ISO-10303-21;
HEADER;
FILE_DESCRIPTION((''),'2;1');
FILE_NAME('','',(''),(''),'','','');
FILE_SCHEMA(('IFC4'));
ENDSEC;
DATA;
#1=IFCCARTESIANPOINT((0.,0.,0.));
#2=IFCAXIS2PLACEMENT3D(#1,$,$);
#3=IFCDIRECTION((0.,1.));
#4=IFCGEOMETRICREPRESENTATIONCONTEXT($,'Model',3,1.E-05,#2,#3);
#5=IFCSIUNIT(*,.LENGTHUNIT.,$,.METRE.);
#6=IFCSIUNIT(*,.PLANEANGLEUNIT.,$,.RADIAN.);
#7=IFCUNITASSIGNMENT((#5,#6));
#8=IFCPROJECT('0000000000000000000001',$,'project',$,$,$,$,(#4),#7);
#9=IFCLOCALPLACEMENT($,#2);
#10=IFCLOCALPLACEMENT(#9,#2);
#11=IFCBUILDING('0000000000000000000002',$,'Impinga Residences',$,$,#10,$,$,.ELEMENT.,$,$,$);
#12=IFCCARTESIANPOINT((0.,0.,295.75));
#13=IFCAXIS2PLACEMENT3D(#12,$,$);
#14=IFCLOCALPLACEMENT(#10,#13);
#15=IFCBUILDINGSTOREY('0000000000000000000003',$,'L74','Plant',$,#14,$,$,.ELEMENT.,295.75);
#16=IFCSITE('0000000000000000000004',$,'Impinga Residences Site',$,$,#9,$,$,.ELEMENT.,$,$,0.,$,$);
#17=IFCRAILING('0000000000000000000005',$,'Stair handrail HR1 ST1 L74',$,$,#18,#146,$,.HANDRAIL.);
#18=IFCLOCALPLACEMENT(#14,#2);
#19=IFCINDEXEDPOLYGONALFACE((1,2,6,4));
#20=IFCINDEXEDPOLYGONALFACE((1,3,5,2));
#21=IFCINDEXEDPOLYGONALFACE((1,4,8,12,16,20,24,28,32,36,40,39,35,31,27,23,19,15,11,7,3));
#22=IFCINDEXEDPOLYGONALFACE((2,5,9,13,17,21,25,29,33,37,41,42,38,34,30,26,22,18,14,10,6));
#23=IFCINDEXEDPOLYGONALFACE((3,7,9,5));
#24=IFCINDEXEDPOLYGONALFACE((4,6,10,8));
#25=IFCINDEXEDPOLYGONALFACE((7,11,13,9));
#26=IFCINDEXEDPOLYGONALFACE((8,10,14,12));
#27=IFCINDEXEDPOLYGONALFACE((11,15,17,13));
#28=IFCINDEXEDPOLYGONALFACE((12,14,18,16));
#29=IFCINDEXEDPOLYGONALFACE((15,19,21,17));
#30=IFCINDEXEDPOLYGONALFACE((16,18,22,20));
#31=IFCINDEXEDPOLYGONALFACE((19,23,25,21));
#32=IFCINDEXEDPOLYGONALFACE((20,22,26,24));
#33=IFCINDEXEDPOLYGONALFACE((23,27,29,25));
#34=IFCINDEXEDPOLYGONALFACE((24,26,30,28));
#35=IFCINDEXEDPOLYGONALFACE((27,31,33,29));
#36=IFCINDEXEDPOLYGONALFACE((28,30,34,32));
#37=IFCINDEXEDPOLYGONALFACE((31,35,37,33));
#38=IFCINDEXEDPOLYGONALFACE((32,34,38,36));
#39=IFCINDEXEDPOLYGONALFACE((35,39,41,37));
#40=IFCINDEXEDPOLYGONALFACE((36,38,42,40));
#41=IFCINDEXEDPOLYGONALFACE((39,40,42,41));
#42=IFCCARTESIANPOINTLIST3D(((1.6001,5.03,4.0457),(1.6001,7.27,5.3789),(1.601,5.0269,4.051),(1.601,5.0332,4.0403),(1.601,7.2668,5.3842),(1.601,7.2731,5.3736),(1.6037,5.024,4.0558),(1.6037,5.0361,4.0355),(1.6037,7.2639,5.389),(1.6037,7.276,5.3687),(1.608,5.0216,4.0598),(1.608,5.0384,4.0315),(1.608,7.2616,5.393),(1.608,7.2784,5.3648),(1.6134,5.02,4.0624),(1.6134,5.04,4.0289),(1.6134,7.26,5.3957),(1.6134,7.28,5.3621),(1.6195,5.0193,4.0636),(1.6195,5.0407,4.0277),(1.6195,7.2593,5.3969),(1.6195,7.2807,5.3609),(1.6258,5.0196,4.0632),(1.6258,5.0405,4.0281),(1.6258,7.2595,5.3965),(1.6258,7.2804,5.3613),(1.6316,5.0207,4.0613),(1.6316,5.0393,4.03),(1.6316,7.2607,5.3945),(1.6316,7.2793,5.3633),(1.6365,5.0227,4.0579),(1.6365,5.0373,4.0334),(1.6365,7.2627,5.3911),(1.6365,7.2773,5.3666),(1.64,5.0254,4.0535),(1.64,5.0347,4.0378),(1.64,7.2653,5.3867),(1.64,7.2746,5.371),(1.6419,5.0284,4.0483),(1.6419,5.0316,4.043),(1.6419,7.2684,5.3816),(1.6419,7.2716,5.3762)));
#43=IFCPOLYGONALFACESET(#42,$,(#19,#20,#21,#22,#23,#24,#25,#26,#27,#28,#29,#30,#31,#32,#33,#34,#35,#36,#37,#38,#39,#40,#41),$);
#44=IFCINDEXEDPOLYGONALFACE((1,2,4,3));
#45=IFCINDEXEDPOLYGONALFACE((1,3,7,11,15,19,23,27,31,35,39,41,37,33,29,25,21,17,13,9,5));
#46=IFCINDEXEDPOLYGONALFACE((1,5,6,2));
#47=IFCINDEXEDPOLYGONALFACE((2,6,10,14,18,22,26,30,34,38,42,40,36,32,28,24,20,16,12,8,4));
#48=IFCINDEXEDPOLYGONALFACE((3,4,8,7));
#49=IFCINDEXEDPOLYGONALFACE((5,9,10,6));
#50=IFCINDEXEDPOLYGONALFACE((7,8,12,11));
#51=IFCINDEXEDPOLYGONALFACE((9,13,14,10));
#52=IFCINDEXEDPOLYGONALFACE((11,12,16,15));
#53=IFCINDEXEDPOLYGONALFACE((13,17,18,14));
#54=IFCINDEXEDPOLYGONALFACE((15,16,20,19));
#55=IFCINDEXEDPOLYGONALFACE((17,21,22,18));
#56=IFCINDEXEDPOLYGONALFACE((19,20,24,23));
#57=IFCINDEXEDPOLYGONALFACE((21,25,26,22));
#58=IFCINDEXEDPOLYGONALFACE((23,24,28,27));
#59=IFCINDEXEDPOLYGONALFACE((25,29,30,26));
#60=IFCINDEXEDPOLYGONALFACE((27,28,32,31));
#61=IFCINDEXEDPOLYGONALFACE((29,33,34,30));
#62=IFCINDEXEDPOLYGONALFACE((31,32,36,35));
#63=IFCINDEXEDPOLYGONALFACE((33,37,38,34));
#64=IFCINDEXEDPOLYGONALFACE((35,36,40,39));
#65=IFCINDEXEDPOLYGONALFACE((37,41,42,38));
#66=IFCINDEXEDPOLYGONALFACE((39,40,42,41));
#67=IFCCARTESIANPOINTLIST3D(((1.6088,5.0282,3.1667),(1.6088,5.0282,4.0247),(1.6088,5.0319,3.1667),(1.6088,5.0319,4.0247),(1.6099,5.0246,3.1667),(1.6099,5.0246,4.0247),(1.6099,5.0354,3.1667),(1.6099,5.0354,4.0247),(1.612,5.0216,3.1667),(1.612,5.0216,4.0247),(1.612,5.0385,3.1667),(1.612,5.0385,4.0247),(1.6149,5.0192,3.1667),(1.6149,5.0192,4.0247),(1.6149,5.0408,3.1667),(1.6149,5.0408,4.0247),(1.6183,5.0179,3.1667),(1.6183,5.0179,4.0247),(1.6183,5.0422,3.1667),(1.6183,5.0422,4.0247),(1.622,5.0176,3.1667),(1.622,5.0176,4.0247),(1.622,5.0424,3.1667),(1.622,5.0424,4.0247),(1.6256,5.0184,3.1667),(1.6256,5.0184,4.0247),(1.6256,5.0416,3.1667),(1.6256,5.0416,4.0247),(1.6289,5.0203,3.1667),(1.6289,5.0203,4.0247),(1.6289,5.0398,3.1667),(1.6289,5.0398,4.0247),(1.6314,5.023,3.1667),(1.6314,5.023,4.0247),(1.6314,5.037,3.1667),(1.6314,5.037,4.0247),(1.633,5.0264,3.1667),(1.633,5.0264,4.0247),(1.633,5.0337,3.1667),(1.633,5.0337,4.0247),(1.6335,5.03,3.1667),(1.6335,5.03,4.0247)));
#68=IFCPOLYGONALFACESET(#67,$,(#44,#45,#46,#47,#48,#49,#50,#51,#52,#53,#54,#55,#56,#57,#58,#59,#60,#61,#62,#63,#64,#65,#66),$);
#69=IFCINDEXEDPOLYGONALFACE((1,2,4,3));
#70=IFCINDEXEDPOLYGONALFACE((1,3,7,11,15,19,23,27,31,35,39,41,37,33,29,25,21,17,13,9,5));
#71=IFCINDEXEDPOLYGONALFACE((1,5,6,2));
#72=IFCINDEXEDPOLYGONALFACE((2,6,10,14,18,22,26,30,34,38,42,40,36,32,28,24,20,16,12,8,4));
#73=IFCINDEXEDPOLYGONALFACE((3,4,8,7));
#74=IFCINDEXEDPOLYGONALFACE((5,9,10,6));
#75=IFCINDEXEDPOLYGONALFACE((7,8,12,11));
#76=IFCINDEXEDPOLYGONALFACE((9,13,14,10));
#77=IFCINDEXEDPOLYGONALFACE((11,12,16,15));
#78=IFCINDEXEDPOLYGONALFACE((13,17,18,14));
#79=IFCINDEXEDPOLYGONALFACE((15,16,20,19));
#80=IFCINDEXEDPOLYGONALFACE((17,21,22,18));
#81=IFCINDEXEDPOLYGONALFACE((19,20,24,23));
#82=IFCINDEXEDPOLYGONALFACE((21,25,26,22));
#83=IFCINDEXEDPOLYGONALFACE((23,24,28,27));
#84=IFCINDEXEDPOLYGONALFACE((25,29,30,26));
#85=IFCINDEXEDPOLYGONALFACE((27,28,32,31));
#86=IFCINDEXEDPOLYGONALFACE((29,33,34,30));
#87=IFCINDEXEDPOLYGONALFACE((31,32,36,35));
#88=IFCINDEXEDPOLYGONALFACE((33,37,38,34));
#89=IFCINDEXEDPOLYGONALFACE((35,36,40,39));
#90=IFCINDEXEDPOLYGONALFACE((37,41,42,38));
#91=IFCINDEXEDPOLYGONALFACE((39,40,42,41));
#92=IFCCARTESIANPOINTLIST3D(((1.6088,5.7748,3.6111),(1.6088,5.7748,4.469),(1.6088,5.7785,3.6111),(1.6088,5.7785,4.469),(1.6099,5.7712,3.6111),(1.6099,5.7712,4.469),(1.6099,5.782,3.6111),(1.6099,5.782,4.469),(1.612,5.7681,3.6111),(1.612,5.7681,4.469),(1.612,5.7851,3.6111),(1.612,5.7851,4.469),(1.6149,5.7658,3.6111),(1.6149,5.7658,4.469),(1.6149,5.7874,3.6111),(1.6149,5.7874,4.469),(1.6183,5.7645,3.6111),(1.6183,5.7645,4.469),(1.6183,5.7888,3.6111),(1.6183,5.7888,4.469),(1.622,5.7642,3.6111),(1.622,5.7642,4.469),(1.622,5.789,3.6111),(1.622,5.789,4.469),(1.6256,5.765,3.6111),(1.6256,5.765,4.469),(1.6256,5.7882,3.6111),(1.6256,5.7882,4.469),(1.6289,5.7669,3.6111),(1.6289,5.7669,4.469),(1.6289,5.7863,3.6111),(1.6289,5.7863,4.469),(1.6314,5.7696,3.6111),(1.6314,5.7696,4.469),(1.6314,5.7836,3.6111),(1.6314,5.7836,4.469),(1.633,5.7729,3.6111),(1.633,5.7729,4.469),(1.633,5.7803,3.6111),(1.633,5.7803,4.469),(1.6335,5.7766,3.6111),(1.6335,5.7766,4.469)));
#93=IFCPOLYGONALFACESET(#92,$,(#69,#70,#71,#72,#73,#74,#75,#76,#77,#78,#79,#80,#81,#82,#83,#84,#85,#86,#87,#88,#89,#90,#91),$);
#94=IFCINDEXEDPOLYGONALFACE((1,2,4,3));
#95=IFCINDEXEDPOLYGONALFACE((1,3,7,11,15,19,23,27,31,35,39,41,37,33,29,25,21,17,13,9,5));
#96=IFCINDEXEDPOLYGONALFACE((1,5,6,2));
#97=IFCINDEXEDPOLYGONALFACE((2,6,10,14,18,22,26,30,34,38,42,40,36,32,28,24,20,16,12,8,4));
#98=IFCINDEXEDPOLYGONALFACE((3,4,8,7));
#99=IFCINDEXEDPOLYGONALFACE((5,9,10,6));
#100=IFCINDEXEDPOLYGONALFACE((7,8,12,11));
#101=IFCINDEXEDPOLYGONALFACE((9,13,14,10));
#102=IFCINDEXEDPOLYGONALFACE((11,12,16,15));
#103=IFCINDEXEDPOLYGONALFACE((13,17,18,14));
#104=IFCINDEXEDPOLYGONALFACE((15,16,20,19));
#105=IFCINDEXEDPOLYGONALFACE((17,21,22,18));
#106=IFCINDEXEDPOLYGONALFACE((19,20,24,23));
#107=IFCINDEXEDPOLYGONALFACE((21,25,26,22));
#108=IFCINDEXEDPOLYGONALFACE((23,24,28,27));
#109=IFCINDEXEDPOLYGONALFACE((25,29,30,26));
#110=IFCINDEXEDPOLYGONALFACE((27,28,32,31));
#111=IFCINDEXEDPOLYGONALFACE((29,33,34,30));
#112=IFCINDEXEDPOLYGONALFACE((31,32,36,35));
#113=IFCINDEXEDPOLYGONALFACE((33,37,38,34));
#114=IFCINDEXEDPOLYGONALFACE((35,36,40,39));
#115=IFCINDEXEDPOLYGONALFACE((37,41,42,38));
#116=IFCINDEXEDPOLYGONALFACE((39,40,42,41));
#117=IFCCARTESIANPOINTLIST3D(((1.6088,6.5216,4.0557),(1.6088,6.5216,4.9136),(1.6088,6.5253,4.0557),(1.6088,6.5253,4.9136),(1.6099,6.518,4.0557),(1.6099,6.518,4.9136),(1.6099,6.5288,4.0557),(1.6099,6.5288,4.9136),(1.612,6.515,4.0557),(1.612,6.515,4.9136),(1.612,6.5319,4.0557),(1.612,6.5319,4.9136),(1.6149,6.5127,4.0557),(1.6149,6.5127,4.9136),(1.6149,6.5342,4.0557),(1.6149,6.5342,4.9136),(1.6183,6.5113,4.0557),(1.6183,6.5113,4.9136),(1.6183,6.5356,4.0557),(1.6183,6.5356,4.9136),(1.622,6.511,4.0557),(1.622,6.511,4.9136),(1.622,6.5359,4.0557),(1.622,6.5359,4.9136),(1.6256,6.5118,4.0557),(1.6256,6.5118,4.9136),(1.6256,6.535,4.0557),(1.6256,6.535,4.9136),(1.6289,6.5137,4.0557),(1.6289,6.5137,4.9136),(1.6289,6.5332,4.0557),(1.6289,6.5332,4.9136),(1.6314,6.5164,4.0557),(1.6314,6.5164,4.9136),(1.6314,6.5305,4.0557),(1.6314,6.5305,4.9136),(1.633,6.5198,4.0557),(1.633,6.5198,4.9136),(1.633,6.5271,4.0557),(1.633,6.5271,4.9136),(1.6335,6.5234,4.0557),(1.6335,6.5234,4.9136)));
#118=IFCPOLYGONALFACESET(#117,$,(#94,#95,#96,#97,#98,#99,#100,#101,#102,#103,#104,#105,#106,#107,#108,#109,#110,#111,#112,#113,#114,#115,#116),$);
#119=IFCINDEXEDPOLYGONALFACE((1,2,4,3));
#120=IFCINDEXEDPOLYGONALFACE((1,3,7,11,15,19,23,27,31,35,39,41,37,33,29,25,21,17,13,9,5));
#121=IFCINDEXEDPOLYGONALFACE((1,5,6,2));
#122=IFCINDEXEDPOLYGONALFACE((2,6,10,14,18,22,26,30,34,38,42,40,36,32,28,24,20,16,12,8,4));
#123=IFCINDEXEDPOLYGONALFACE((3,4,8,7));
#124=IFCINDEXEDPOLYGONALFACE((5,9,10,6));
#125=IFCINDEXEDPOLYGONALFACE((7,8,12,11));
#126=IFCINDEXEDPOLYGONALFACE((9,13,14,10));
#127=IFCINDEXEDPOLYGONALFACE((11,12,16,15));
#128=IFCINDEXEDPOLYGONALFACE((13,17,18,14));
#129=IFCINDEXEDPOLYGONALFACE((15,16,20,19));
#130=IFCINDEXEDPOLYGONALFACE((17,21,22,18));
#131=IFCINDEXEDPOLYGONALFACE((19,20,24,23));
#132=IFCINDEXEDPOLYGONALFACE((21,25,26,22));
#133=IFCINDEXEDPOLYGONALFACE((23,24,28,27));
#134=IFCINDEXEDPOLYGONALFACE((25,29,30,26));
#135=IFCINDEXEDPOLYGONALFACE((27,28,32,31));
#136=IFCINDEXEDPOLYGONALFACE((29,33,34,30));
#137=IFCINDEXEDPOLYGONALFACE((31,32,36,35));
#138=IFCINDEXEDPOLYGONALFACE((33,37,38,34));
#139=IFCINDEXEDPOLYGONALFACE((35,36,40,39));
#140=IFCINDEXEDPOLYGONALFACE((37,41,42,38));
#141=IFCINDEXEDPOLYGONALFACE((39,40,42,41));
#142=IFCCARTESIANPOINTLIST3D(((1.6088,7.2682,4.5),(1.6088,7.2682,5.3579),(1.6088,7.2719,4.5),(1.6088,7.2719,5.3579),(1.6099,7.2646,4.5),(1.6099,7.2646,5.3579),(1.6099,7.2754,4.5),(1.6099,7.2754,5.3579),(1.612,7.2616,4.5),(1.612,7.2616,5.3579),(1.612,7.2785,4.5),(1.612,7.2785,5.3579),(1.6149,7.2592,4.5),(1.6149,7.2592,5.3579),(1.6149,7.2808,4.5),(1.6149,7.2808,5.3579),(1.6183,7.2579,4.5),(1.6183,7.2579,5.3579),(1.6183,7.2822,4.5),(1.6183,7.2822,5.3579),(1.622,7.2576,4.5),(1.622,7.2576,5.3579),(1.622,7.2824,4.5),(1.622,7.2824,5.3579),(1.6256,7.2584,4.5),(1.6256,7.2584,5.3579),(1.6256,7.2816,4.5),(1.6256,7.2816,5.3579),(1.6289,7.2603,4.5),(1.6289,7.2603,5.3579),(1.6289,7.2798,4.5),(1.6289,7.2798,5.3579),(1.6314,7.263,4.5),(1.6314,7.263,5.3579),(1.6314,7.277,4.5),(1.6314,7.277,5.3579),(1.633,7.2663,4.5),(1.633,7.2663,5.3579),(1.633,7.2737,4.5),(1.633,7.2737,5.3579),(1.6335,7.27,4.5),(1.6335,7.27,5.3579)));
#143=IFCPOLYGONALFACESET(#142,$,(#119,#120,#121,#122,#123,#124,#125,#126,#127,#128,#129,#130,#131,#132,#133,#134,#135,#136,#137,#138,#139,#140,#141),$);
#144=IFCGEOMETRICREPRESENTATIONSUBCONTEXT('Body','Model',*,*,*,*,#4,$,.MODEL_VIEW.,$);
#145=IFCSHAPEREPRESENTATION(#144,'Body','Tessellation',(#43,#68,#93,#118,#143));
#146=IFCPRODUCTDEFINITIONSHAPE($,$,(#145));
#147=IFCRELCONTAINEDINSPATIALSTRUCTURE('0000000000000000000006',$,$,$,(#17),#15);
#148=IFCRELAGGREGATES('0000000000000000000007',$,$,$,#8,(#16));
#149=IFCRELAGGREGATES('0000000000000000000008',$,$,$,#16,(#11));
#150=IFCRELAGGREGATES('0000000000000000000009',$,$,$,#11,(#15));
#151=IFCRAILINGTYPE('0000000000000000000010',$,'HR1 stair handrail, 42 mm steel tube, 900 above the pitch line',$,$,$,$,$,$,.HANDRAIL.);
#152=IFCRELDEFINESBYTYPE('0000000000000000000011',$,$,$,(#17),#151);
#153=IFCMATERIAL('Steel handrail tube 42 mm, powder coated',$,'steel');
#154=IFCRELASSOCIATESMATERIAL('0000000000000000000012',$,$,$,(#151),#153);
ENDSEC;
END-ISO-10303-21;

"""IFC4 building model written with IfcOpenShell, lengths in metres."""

from ifc_helpers import new_model, si_unit, direction, frame, origin, origin_2d, place, context, subcontext, project, spatial, circle, extrude, material, type_object, element, save


model = new_model("IFC4")

# Units and contexts
model_context = context("Model", 3, precision=1e-05, world=origin(), true_north=direction((0.0, 1.0)))
body_context = subcontext(model_context, "Body", "Model", "MODEL_VIEW")
ifc_project = project(units=[si_unit("LENGTHUNIT", "METRE"), si_unit("PLANEANGLEUNIT", "RADIAN")], contexts=[model_context])

# Site, building, storey
site_placement = place(None, origin())
site = spatial("IfcSite", under=ifc_project, at=site_placement, Name="Impinga Residences Site", CompositionType="ELEMENT", RefElevation=0.0)
building_placement = place(site_placement, origin())
building = spatial("IfcBuilding", under=site, at=building_placement, Name="Impinga Residences", CompositionType="ELEMENT")
storey_placement = place(building_placement, frame((0.0, 0.0, 295.75)))
storey = spatial("IfcBuildingStorey", under=building, at=storey_placement, Name="L74", Description="Plant", CompositionType="ELEMENT", Elevation=295.75)

# Railing
ifc_material_1 = material(Name="Steel handrail tube 42 mm, powder coated", Category="steel")
railing_type_1 = type_object("IfcRailingType", Name="HR1 stair handrail, 42 mm steel tube, 900 above the pitch line", PredefinedType="HANDRAIL", material=ifc_material_1)
railing_1_placement = place(storey_placement, frame((1.6211, 5.03, 3.1667)))
element("IfcRailing", 1, at=railing_1_placement, inside=storey, type_object=railing_type_1, Name="Stair handrail HR1 ST1 L74", PredefinedType="HANDRAIL", context=body_context, shape_type="SweptSolid", body=[
    extrude(circle(Radius=0.021, at=origin_2d()), frame((0.0, 0.0, 0.8789), z_axis=(0.0, 0.859306, 0.511462), x_axis=(-1.0, 0.0, 0.0)), (0.0, 0.0, 1.0), 2.6067),
    extrude(circle(Radius=0.0125, at=origin_2d()), origin(), (0.0, 0.0, 1.0), 0.8579),
    extrude(circle(Radius=0.0125, at=origin_2d()), frame((0.0, 0.7466, 0.4443)), (0.0, 0.0, 1.0), 0.8579),
    extrude(circle(Radius=0.0125, at=origin_2d()), frame((0.0, 1.4934, 0.8889)), (0.0, 0.0, 1.0), 0.8579),
    extrude(circle(Radius=0.0125, at=origin_2d()), frame((0.0, 2.24, 1.3333)), (0.0, 0.0, 1.0), 0.8579),
])

save(model, "model.ifc")
